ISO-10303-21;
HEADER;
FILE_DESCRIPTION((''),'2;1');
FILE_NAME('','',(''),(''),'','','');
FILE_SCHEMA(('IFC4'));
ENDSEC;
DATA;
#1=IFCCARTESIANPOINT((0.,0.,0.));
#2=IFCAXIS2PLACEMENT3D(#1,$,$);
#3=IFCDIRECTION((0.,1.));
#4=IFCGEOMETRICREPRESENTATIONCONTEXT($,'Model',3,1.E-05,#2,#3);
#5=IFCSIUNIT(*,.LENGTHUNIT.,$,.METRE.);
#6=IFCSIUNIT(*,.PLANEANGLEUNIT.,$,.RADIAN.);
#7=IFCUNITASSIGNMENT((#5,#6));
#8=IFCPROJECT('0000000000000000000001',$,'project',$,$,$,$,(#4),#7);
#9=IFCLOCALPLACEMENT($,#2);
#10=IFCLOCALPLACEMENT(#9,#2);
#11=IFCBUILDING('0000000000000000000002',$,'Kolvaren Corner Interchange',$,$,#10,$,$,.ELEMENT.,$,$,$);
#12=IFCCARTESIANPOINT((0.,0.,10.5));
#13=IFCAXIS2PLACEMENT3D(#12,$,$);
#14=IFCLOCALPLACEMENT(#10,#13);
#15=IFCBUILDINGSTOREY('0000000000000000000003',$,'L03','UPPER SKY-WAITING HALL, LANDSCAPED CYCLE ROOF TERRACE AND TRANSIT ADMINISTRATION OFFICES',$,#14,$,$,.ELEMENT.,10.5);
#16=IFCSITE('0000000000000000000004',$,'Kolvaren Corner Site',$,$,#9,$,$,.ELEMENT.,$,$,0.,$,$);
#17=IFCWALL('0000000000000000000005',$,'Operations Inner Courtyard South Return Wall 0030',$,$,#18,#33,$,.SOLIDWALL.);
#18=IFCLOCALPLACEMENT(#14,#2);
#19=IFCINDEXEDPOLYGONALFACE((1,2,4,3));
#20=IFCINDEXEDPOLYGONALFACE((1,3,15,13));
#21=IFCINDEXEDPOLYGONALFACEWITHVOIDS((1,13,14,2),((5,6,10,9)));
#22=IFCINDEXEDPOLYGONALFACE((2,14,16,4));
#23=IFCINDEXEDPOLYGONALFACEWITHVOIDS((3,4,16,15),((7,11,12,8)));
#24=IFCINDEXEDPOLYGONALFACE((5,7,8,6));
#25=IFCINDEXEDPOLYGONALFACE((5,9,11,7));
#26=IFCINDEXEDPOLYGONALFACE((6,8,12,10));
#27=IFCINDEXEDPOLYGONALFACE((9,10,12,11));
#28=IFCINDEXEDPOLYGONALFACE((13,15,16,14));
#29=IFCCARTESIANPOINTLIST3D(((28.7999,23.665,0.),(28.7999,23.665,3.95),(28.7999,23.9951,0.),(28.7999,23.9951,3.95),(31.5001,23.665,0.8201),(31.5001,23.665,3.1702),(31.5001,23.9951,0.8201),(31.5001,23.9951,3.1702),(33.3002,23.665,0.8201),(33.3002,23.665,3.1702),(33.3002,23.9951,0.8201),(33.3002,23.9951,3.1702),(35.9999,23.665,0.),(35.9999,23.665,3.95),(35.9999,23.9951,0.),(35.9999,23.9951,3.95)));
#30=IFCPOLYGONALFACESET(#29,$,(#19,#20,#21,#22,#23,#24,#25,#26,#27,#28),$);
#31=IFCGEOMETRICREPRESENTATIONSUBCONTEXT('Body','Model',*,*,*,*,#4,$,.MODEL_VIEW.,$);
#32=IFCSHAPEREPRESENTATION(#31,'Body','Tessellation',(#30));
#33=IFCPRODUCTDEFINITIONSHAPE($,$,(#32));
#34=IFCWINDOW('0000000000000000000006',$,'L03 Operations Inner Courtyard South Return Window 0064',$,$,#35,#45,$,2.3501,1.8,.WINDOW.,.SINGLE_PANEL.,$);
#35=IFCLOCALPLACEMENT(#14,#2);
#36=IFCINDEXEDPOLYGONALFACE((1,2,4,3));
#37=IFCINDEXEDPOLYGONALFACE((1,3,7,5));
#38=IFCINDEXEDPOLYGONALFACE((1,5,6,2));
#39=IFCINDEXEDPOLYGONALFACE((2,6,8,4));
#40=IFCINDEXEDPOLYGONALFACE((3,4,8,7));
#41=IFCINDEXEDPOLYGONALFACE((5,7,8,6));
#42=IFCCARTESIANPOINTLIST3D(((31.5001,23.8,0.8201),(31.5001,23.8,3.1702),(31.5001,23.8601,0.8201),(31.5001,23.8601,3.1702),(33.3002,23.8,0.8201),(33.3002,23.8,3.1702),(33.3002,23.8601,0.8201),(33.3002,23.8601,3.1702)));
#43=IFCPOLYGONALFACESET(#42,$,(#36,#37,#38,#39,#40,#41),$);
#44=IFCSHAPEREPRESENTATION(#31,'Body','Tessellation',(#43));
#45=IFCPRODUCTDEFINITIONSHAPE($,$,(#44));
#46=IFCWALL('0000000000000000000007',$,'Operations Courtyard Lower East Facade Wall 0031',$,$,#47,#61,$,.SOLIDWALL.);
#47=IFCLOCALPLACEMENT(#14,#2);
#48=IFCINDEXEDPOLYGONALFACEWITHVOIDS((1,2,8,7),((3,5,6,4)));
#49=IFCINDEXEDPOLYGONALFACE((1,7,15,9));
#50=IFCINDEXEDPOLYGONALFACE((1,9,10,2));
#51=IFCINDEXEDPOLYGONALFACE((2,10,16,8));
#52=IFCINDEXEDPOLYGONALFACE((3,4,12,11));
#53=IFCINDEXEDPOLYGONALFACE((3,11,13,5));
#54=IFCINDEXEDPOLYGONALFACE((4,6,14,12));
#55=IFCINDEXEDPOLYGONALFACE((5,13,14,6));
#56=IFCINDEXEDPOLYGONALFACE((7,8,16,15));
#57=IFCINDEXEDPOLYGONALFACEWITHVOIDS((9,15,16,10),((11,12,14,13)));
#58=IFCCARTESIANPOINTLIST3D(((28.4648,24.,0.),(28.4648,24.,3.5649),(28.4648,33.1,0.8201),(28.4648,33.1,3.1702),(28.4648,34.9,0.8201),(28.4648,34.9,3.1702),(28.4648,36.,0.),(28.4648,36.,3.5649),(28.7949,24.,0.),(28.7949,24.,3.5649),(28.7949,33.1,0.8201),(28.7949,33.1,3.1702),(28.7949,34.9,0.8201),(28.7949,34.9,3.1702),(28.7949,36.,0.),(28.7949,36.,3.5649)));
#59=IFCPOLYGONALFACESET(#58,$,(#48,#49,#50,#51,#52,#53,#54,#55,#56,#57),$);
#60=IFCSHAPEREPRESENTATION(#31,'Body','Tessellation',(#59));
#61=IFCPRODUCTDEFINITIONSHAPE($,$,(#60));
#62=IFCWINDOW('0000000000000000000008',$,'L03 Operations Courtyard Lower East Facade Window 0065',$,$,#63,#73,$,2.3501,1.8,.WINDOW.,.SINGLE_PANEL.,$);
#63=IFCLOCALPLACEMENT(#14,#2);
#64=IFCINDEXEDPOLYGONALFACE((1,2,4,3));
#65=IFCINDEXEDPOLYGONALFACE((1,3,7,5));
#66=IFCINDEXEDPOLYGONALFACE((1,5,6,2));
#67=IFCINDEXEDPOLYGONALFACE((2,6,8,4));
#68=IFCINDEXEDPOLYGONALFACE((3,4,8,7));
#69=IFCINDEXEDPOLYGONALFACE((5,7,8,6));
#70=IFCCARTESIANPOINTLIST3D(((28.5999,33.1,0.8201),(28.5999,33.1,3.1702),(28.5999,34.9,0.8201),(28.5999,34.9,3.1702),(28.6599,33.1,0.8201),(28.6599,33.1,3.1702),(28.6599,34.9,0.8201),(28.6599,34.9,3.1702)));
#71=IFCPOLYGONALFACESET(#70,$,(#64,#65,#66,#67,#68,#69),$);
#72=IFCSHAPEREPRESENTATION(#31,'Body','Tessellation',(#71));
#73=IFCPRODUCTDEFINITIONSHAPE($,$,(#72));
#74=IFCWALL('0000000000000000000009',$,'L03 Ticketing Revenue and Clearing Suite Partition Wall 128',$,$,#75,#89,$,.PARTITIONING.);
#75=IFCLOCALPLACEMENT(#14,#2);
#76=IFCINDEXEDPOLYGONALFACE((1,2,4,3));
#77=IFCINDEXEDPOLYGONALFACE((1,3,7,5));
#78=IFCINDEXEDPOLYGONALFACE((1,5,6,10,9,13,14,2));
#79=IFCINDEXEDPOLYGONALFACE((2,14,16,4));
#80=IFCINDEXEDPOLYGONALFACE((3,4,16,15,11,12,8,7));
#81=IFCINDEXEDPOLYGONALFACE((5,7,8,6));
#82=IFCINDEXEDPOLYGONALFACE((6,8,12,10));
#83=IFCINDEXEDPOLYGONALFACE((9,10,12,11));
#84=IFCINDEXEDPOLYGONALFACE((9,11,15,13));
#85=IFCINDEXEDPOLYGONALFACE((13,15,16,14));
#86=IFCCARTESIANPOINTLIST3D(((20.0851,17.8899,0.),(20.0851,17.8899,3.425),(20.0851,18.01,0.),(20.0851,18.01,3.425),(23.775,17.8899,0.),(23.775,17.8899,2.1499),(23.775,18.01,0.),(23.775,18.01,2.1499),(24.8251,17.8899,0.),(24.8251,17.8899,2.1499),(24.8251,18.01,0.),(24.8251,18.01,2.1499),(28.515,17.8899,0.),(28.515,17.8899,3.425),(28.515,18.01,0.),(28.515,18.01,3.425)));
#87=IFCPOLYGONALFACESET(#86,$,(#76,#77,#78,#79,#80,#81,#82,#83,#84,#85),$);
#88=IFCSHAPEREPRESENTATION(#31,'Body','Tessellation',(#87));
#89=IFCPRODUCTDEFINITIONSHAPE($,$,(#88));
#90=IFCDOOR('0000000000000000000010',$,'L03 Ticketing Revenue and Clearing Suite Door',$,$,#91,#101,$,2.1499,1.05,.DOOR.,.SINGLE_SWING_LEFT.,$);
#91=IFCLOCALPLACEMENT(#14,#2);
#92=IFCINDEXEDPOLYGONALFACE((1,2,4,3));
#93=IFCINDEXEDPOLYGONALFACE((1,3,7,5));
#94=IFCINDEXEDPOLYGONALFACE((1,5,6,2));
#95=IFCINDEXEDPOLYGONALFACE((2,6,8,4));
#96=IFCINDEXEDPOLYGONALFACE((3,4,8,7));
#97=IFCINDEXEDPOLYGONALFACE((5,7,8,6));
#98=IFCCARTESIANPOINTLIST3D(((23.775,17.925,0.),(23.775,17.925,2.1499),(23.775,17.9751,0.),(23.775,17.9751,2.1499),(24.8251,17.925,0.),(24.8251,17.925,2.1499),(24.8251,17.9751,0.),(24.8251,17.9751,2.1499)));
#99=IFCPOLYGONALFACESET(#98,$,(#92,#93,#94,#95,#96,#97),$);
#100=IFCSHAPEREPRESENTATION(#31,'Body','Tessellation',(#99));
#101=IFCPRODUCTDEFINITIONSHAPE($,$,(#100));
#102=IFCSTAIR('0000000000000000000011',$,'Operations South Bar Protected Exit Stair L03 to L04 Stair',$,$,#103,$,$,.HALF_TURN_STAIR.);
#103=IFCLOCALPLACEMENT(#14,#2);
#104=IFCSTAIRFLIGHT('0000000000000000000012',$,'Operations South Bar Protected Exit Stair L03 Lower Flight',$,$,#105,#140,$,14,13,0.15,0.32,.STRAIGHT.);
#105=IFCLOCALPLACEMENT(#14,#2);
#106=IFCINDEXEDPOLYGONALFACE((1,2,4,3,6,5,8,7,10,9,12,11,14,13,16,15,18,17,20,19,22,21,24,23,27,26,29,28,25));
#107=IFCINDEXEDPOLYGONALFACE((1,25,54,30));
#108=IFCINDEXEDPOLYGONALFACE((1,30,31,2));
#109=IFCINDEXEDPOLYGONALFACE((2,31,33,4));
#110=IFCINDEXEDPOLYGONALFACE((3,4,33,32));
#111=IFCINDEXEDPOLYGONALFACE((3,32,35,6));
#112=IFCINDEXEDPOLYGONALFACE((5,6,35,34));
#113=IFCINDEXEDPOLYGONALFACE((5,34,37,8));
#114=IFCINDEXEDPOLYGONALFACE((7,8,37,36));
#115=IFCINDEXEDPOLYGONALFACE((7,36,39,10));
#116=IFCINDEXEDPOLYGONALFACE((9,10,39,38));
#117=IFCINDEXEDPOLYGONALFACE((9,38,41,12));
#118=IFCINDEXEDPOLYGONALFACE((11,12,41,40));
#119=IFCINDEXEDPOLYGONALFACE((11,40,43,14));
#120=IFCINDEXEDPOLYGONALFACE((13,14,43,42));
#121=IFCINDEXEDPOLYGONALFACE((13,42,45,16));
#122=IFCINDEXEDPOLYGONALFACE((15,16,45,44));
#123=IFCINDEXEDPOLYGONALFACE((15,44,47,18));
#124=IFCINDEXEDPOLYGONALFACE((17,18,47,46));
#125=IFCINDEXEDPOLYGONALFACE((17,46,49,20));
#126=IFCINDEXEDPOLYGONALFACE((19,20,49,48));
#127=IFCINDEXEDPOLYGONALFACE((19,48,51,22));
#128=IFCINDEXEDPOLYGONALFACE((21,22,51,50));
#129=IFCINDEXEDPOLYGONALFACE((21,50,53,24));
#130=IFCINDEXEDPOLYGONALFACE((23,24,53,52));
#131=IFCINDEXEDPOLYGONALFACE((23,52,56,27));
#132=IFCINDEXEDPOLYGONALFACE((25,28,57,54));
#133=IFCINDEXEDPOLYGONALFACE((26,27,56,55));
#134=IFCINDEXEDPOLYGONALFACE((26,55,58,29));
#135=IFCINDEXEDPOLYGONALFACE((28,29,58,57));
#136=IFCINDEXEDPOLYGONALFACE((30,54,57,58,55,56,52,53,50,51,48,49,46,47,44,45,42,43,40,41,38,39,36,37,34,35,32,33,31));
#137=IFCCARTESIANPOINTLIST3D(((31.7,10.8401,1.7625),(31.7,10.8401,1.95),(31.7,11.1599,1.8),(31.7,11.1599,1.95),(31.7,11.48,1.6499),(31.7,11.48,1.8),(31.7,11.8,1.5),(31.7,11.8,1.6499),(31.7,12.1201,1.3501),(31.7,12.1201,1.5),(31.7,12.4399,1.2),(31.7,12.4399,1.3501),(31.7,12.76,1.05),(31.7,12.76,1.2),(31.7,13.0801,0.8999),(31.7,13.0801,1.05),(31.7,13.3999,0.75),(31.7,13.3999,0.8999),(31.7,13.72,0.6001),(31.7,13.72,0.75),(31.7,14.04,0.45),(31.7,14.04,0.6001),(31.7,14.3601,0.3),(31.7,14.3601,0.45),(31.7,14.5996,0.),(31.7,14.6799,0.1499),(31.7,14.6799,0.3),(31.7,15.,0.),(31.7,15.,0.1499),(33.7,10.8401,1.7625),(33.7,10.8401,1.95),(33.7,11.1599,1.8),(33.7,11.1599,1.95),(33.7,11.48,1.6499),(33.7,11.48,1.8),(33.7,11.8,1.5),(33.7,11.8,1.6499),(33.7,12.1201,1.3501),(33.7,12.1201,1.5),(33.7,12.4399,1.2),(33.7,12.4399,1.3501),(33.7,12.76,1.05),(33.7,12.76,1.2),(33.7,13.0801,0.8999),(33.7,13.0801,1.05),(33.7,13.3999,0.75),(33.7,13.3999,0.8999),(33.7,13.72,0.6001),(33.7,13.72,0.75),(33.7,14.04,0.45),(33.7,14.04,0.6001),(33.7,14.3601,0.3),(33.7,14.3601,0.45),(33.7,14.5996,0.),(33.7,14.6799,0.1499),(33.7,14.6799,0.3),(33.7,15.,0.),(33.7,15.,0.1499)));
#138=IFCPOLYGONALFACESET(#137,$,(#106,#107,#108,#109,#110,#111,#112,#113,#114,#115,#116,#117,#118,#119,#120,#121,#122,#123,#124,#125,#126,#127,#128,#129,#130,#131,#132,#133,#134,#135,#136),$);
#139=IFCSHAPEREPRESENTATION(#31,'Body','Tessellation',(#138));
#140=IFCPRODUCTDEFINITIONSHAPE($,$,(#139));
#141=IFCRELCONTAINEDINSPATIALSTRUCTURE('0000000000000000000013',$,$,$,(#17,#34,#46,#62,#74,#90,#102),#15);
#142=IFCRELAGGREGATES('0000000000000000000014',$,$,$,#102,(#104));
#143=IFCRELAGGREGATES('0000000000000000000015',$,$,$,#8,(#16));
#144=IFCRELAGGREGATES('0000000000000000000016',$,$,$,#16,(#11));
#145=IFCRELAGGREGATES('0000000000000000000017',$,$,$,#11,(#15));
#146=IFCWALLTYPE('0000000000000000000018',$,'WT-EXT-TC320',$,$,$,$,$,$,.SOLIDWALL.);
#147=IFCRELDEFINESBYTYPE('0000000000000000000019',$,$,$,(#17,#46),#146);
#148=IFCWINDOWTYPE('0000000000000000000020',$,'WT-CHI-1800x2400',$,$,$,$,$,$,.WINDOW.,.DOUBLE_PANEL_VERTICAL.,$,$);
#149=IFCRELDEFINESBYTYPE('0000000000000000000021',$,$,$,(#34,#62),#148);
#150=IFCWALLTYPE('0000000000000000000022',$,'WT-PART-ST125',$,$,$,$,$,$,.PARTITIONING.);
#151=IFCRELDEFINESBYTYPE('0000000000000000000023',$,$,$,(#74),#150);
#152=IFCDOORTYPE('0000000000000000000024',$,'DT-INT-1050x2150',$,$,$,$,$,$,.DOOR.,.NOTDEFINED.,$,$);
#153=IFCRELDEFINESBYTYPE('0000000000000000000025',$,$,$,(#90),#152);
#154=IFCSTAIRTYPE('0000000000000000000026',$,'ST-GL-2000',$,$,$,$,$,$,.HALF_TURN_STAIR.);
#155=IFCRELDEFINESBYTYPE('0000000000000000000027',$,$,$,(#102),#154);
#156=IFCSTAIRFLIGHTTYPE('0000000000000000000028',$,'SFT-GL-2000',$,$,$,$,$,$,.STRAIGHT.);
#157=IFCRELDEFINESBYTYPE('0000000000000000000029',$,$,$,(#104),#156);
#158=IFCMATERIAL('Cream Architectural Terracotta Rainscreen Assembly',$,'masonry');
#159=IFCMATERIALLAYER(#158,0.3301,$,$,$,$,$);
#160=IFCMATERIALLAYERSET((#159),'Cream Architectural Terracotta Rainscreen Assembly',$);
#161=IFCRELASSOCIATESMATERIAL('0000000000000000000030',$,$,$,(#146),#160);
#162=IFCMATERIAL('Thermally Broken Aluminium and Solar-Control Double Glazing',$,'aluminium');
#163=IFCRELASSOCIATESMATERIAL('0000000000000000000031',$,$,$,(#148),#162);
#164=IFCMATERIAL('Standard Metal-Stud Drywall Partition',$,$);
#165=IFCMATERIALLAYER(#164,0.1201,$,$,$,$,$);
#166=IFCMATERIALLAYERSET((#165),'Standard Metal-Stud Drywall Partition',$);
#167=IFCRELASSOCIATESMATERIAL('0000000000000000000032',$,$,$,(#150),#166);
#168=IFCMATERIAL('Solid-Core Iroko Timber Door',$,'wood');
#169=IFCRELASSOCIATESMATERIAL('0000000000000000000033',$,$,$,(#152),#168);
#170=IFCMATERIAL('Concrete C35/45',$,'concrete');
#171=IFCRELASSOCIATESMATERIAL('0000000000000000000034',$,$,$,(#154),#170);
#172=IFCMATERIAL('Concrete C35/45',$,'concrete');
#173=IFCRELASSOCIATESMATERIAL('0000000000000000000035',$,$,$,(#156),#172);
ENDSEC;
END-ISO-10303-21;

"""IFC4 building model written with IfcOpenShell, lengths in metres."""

from ifc_helpers import new_model, si_unit, direction, frame, frame_2d, origin, place, context, subcontext, project, spatial, polyline, rectangle, outline, extrude, material, layer, layer_set, type_object, element, fill, aggregate, save


model = new_model("IFC4")

# Units and contexts
model_context = context("Model", 3, precision=1e-05, world=origin(), true_north=direction((0.0, 1.0)))
body_context = subcontext(model_context, "Body", "Model", "MODEL_VIEW")
ifc_project = project(units=[si_unit("LENGTHUNIT", "METRE"), si_unit("PLANEANGLEUNIT", "RADIAN")], contexts=[model_context])

# Site, building, storey
site_placement = place(None, origin())
site = spatial("IfcSite", under=ifc_project, at=site_placement, Name="Kolvaren Corner Site", CompositionType="ELEMENT", RefElevation=0.0)
building_placement = place(site_placement, origin())
building = spatial("IfcBuilding", under=site, at=building_placement, Name="Kolvaren Corner Interchange", CompositionType="ELEMENT")
storey_placement = place(building_placement, frame((0.0, 0.0, 10.5)))
storey = spatial("IfcBuildingStorey", under=building, at=storey_placement, Name="L03", Description="UPPER SKY-WAITING HALL, LANDSCAPED CYCLE ROOF TERRACE AND TRANSIT ADMINISTRATION OFFICES", CompositionType="ELEMENT", Elevation=10.5)

# Shared definitions
ifc_material_1 = material(Name="Cream Architectural Terracotta Rainscreen Assembly", Category="masonry")
ifc_layer_1 = layer(ifc_material_1, 0.3301)
ifc_layer_set_1 = layer_set([ifc_layer_1], Name="Cream Architectural Terracotta Rainscreen Assembly")
wall_type_1 = type_object("IfcWallType", Name="WT-EXT-TC320", PredefinedType="SOLIDWALL", material=ifc_layer_set_1)

# Walls, openings, windows
wall_1_placement = place(storey_placement, frame((36.0, 23.8301, 0.0), z_axis=(0.0, 0.0, 1.0), x_axis=(-1.0, 0.0, 0.0)))
wall_1 = element("IfcWall", 1, at=wall_1_placement, inside=storey, type_object=wall_type_1, Name="Operations Inner Courtyard South Return Wall 0030", PredefinedType="SOLIDWALL", context=body_context, shape_type="SweptSolid", body=[
    extrude(rectangle(XDim=7.2, YDim=0.3301, at=frame_2d((3.6001, 0.0))), origin(), (0.0, 0.0, 1.0), 3.95),
])
opening_1_placement = place(wall_1_placement, frame((2.7, 0.0, 0.8201)))
opening_1 = element("IfcOpeningElement", 2, at=opening_1_placement, cuts=wall_1, PredefinedType="OPENING", context=body_context, shape_type="SweptSolid", body=[
    extrude(rectangle(XDim=1.8, YDim=2.3501, at=frame_2d((0.8999, 1.175))), frame((0.0, 0.175, 0.0), z_axis=(0.0, -1.0, 0.0), x_axis=(1.0, 0.0, 0.0)), (0.0, 0.0, 1.0), 0.3501),
])
ifc_material_2 = material(Name="Thermally Broken Aluminium and Solar-Control Double Glazing", Category="aluminium")
window_type = type_object("IfcWindowType", Name="WT-CHI-1800x2400", PartitioningType="DOUBLE_PANEL_VERTICAL", PredefinedType="WINDOW", material=ifc_material_2)
window_1_placement = place(opening_1_placement, origin())
window_1 = element("IfcWindow", 3, at=window_1_placement, inside=storey, type_object=window_type, Name="L03 Operations Inner Courtyard South Return Window 0064", OverallHeight=2.3501, OverallWidth=1.8, PartitioningType="SINGLE_PANEL", PredefinedType="WINDOW", context=body_context, shape_type="SweptSolid", body=[
    extrude(rectangle(XDim=1.8, YDim=2.3501, at=frame_2d((0.8999, 1.175))), frame((0.0, 0.03, 0.0), z_axis=(0.0, -1.0, 0.0), x_axis=(1.0, 0.0, 0.0)), (0.0, 0.0, 1.0), 0.0601),
])
fill(opening_1, window_1)
wall_2_placement = place(storey_placement, frame((28.6299, 24.0, 0.0), z_axis=(0.0, 0.0, 1.0), x_axis=(0.0, 1.0, 0.0)))
wall_2 = element("IfcWall", 4, at=wall_2_placement, inside=storey, type_object=wall_type_1, Name="Operations Courtyard Lower East Facade Wall 0031", PredefinedType="SOLIDWALL", context=body_context, shape_type="SweptSolid", body=[
    extrude(rectangle(XDim=12.0, YDim=0.3301, at=frame_2d((6.0, 0.0))), origin(), (0.0, 0.0, 1.0), 3.5649),
])
opening_2_placement = place(wall_2_placement, frame((9.1001, 0.0, 0.8201)))
opening_2 = element("IfcOpeningElement", 5, at=opening_2_placement, cuts=wall_2, PredefinedType="OPENING", context=body_context, shape_type="SweptSolid", body=[
    extrude(rectangle(XDim=1.8, YDim=2.3501, at=frame_2d((0.8999, 1.175))), frame((0.0, 0.175, 0.0), z_axis=(0.0, -1.0, 0.0), x_axis=(1.0, 0.0, 0.0)), (0.0, 0.0, 1.0), 0.3501),
])
window_2_placement = place(opening_2_placement, origin())
window_2 = element("IfcWindow", 6, at=window_2_placement, inside=storey, type_object=window_type, Name="L03 Operations Courtyard Lower East Facade Window 0065", OverallHeight=2.3501, OverallWidth=1.8, PartitioningType="SINGLE_PANEL", PredefinedType="WINDOW", context=body_context, shape_type="SweptSolid", body=[
    extrude(rectangle(XDim=1.8, YDim=2.3501, at=frame_2d((0.8999, 1.175))), frame((0.0, 0.03, 0.0), z_axis=(0.0, -1.0, 0.0), x_axis=(1.0, 0.0, 0.0)), (0.0, 0.0, 1.0), 0.0601),
])
fill(opening_2, window_2)

# Wall, opening, door
ifc_material_3 = material(Name="Standard Metal-Stud Drywall Partition")
ifc_layer_2 = layer(ifc_material_3, 0.1201)
ifc_layer_set_2 = layer_set([ifc_layer_2], Name="Standard Metal-Stud Drywall Partition")
wall_type_2 = type_object("IfcWallType", Name="WT-PART-ST125", PredefinedType="PARTITIONING", material=ifc_layer_set_2)
wall_3_placement = place(storey_placement, frame((28.5149, 17.95, 0.0), z_axis=(0.0, 0.0, 1.0), x_axis=(-1.0, 0.0, 0.0)))
wall_3 = element("IfcWall", 7, at=wall_3_placement, inside=storey, type_object=wall_type_2, Name="L03 Ticketing Revenue and Clearing Suite Partition Wall 128", PredefinedType="PARTITIONING", context=body_context, shape_type="SweptSolid", body=[
    extrude(rectangle(XDim=8.4299, YDim=0.1201, at=frame_2d((4.2148, 0.0))), origin(), (0.0, 0.0, 1.0), 3.425),
])
opening_3_placement = place(wall_3_placement, frame((3.6899, 0.0, 0.0)))
opening_3 = element("IfcOpeningElement", 8, at=opening_3_placement, cuts=wall_3, PredefinedType="OPENING", context=body_context, shape_type="SweptSolid", body=[
    extrude(rectangle(XDim=1.05, YDim=2.1499, at=frame_2d((0.5249, 1.075))), frame((0.0, 0.0701, 0.0), z_axis=(0.0, -1.0, 0.0), x_axis=(1.0, 0.0, 0.0)), (0.0, 0.0, 1.0), 0.1401),
])
ifc_material_4 = material(Name="Solid-Core Iroko Timber Door", Category="wood")
door_type_1 = type_object("IfcDoorType", Name="DT-INT-1050x2150", OperationType="NOTDEFINED", PredefinedType="DOOR", material=ifc_material_4)
door_1_placement = place(opening_3_placement, origin())
door_1 = element("IfcDoor", 9, at=door_1_placement, inside=storey, type_object=door_type_1, Name="L03 Ticketing Revenue and Clearing Suite Door", OperationType="SINGLE_SWING_LEFT", OverallHeight=2.1499, OverallWidth=1.05, PredefinedType="DOOR", context=body_context, shape_type="SweptSolid", body=[
    extrude(rectangle(XDim=1.05, YDim=2.1499, at=frame_2d((0.5249, 1.075))), frame((0.0, 0.0249, 0.0), z_axis=(0.0, -1.0, 0.0), x_axis=(1.0, 0.0, 0.0)), (0.0, 0.0, 1.0), 0.05),
])
fill(opening_3, door_1)

# Stair, stair flight
ifc_material_5 = material(Name="Concrete C35/45", Category="concrete")
stair_type = type_object("IfcStairType", Name="ST-GL-2000", PredefinedType="HALF_TURN_STAIR", material=ifc_material_5)
stair_placement = place(storey_placement, origin())
stair = element("IfcStair", 10, at=stair_placement, inside=storey, type_object=stair_type, Name="Operations South Bar Protected Exit Stair L03 to L04 Stair", PredefinedType="HALF_TURN_STAIR")
ifc_material_6 = material(Name="Concrete C35/45", Category="concrete")
stair_flight_type = type_object("IfcStairFlightType", Name="SFT-GL-2000", PredefinedType="STRAIGHT", material=ifc_material_6)
stair_flight_1_placement = place(storey_placement, frame((32.7, 15.0, 0.0), z_axis=(0.0, 0.0, 1.0), x_axis=(0.0, -1.0, 0.0)))
stair_flight_1 = element("IfcStairFlight", 11, at=stair_flight_1_placement, type_object=stair_flight_type, Name="Operations South Bar Protected Exit Stair L03 Lower Flight", NumberOfRisers=14, NumberOfTreads=13, PredefinedType="STRAIGHT", RiserHeight=0.15, TreadLength=0.32, context=body_context, shape_type="SweptSolid", body=[
    extrude(outline(polyline([(0.0, 0.0), (0.0, 0.1499), (0.3201, 0.1499), (0.3201, 0.3), (0.6399, 0.3), (0.6399, 0.45), (0.96, 0.45), (0.96, 0.6001), (1.28, 0.6001), (1.28, 0.75), (1.6001, 0.75), (1.6001, 0.8999), (1.9199, 0.8999), (1.9199, 1.05), (2.24, 1.05), (2.24, 1.2), (2.5601, 1.2), (2.5601, 1.3501), (2.8799, 1.3501), (2.8799, 1.5), (3.2, 1.5), (3.2, 1.6499), (3.52, 1.6499), (3.52, 1.8), (3.8401, 1.8), (3.8401, 1.95), (4.1599, 1.95), (4.1599, 2.1001), (4.1599, 1.7625), (0.4004, 0.0), (0.0, 0.0)])), frame((0.0, 1.0, 0.0), z_axis=(0.0, -1.0, 0.0), x_axis=(1.0, 0.0, 0.0)), (0.0, 0.0, 1.0), 2.0),
])

aggregate(stair, [stair_flight_1])

save(model, "model.ifc")
